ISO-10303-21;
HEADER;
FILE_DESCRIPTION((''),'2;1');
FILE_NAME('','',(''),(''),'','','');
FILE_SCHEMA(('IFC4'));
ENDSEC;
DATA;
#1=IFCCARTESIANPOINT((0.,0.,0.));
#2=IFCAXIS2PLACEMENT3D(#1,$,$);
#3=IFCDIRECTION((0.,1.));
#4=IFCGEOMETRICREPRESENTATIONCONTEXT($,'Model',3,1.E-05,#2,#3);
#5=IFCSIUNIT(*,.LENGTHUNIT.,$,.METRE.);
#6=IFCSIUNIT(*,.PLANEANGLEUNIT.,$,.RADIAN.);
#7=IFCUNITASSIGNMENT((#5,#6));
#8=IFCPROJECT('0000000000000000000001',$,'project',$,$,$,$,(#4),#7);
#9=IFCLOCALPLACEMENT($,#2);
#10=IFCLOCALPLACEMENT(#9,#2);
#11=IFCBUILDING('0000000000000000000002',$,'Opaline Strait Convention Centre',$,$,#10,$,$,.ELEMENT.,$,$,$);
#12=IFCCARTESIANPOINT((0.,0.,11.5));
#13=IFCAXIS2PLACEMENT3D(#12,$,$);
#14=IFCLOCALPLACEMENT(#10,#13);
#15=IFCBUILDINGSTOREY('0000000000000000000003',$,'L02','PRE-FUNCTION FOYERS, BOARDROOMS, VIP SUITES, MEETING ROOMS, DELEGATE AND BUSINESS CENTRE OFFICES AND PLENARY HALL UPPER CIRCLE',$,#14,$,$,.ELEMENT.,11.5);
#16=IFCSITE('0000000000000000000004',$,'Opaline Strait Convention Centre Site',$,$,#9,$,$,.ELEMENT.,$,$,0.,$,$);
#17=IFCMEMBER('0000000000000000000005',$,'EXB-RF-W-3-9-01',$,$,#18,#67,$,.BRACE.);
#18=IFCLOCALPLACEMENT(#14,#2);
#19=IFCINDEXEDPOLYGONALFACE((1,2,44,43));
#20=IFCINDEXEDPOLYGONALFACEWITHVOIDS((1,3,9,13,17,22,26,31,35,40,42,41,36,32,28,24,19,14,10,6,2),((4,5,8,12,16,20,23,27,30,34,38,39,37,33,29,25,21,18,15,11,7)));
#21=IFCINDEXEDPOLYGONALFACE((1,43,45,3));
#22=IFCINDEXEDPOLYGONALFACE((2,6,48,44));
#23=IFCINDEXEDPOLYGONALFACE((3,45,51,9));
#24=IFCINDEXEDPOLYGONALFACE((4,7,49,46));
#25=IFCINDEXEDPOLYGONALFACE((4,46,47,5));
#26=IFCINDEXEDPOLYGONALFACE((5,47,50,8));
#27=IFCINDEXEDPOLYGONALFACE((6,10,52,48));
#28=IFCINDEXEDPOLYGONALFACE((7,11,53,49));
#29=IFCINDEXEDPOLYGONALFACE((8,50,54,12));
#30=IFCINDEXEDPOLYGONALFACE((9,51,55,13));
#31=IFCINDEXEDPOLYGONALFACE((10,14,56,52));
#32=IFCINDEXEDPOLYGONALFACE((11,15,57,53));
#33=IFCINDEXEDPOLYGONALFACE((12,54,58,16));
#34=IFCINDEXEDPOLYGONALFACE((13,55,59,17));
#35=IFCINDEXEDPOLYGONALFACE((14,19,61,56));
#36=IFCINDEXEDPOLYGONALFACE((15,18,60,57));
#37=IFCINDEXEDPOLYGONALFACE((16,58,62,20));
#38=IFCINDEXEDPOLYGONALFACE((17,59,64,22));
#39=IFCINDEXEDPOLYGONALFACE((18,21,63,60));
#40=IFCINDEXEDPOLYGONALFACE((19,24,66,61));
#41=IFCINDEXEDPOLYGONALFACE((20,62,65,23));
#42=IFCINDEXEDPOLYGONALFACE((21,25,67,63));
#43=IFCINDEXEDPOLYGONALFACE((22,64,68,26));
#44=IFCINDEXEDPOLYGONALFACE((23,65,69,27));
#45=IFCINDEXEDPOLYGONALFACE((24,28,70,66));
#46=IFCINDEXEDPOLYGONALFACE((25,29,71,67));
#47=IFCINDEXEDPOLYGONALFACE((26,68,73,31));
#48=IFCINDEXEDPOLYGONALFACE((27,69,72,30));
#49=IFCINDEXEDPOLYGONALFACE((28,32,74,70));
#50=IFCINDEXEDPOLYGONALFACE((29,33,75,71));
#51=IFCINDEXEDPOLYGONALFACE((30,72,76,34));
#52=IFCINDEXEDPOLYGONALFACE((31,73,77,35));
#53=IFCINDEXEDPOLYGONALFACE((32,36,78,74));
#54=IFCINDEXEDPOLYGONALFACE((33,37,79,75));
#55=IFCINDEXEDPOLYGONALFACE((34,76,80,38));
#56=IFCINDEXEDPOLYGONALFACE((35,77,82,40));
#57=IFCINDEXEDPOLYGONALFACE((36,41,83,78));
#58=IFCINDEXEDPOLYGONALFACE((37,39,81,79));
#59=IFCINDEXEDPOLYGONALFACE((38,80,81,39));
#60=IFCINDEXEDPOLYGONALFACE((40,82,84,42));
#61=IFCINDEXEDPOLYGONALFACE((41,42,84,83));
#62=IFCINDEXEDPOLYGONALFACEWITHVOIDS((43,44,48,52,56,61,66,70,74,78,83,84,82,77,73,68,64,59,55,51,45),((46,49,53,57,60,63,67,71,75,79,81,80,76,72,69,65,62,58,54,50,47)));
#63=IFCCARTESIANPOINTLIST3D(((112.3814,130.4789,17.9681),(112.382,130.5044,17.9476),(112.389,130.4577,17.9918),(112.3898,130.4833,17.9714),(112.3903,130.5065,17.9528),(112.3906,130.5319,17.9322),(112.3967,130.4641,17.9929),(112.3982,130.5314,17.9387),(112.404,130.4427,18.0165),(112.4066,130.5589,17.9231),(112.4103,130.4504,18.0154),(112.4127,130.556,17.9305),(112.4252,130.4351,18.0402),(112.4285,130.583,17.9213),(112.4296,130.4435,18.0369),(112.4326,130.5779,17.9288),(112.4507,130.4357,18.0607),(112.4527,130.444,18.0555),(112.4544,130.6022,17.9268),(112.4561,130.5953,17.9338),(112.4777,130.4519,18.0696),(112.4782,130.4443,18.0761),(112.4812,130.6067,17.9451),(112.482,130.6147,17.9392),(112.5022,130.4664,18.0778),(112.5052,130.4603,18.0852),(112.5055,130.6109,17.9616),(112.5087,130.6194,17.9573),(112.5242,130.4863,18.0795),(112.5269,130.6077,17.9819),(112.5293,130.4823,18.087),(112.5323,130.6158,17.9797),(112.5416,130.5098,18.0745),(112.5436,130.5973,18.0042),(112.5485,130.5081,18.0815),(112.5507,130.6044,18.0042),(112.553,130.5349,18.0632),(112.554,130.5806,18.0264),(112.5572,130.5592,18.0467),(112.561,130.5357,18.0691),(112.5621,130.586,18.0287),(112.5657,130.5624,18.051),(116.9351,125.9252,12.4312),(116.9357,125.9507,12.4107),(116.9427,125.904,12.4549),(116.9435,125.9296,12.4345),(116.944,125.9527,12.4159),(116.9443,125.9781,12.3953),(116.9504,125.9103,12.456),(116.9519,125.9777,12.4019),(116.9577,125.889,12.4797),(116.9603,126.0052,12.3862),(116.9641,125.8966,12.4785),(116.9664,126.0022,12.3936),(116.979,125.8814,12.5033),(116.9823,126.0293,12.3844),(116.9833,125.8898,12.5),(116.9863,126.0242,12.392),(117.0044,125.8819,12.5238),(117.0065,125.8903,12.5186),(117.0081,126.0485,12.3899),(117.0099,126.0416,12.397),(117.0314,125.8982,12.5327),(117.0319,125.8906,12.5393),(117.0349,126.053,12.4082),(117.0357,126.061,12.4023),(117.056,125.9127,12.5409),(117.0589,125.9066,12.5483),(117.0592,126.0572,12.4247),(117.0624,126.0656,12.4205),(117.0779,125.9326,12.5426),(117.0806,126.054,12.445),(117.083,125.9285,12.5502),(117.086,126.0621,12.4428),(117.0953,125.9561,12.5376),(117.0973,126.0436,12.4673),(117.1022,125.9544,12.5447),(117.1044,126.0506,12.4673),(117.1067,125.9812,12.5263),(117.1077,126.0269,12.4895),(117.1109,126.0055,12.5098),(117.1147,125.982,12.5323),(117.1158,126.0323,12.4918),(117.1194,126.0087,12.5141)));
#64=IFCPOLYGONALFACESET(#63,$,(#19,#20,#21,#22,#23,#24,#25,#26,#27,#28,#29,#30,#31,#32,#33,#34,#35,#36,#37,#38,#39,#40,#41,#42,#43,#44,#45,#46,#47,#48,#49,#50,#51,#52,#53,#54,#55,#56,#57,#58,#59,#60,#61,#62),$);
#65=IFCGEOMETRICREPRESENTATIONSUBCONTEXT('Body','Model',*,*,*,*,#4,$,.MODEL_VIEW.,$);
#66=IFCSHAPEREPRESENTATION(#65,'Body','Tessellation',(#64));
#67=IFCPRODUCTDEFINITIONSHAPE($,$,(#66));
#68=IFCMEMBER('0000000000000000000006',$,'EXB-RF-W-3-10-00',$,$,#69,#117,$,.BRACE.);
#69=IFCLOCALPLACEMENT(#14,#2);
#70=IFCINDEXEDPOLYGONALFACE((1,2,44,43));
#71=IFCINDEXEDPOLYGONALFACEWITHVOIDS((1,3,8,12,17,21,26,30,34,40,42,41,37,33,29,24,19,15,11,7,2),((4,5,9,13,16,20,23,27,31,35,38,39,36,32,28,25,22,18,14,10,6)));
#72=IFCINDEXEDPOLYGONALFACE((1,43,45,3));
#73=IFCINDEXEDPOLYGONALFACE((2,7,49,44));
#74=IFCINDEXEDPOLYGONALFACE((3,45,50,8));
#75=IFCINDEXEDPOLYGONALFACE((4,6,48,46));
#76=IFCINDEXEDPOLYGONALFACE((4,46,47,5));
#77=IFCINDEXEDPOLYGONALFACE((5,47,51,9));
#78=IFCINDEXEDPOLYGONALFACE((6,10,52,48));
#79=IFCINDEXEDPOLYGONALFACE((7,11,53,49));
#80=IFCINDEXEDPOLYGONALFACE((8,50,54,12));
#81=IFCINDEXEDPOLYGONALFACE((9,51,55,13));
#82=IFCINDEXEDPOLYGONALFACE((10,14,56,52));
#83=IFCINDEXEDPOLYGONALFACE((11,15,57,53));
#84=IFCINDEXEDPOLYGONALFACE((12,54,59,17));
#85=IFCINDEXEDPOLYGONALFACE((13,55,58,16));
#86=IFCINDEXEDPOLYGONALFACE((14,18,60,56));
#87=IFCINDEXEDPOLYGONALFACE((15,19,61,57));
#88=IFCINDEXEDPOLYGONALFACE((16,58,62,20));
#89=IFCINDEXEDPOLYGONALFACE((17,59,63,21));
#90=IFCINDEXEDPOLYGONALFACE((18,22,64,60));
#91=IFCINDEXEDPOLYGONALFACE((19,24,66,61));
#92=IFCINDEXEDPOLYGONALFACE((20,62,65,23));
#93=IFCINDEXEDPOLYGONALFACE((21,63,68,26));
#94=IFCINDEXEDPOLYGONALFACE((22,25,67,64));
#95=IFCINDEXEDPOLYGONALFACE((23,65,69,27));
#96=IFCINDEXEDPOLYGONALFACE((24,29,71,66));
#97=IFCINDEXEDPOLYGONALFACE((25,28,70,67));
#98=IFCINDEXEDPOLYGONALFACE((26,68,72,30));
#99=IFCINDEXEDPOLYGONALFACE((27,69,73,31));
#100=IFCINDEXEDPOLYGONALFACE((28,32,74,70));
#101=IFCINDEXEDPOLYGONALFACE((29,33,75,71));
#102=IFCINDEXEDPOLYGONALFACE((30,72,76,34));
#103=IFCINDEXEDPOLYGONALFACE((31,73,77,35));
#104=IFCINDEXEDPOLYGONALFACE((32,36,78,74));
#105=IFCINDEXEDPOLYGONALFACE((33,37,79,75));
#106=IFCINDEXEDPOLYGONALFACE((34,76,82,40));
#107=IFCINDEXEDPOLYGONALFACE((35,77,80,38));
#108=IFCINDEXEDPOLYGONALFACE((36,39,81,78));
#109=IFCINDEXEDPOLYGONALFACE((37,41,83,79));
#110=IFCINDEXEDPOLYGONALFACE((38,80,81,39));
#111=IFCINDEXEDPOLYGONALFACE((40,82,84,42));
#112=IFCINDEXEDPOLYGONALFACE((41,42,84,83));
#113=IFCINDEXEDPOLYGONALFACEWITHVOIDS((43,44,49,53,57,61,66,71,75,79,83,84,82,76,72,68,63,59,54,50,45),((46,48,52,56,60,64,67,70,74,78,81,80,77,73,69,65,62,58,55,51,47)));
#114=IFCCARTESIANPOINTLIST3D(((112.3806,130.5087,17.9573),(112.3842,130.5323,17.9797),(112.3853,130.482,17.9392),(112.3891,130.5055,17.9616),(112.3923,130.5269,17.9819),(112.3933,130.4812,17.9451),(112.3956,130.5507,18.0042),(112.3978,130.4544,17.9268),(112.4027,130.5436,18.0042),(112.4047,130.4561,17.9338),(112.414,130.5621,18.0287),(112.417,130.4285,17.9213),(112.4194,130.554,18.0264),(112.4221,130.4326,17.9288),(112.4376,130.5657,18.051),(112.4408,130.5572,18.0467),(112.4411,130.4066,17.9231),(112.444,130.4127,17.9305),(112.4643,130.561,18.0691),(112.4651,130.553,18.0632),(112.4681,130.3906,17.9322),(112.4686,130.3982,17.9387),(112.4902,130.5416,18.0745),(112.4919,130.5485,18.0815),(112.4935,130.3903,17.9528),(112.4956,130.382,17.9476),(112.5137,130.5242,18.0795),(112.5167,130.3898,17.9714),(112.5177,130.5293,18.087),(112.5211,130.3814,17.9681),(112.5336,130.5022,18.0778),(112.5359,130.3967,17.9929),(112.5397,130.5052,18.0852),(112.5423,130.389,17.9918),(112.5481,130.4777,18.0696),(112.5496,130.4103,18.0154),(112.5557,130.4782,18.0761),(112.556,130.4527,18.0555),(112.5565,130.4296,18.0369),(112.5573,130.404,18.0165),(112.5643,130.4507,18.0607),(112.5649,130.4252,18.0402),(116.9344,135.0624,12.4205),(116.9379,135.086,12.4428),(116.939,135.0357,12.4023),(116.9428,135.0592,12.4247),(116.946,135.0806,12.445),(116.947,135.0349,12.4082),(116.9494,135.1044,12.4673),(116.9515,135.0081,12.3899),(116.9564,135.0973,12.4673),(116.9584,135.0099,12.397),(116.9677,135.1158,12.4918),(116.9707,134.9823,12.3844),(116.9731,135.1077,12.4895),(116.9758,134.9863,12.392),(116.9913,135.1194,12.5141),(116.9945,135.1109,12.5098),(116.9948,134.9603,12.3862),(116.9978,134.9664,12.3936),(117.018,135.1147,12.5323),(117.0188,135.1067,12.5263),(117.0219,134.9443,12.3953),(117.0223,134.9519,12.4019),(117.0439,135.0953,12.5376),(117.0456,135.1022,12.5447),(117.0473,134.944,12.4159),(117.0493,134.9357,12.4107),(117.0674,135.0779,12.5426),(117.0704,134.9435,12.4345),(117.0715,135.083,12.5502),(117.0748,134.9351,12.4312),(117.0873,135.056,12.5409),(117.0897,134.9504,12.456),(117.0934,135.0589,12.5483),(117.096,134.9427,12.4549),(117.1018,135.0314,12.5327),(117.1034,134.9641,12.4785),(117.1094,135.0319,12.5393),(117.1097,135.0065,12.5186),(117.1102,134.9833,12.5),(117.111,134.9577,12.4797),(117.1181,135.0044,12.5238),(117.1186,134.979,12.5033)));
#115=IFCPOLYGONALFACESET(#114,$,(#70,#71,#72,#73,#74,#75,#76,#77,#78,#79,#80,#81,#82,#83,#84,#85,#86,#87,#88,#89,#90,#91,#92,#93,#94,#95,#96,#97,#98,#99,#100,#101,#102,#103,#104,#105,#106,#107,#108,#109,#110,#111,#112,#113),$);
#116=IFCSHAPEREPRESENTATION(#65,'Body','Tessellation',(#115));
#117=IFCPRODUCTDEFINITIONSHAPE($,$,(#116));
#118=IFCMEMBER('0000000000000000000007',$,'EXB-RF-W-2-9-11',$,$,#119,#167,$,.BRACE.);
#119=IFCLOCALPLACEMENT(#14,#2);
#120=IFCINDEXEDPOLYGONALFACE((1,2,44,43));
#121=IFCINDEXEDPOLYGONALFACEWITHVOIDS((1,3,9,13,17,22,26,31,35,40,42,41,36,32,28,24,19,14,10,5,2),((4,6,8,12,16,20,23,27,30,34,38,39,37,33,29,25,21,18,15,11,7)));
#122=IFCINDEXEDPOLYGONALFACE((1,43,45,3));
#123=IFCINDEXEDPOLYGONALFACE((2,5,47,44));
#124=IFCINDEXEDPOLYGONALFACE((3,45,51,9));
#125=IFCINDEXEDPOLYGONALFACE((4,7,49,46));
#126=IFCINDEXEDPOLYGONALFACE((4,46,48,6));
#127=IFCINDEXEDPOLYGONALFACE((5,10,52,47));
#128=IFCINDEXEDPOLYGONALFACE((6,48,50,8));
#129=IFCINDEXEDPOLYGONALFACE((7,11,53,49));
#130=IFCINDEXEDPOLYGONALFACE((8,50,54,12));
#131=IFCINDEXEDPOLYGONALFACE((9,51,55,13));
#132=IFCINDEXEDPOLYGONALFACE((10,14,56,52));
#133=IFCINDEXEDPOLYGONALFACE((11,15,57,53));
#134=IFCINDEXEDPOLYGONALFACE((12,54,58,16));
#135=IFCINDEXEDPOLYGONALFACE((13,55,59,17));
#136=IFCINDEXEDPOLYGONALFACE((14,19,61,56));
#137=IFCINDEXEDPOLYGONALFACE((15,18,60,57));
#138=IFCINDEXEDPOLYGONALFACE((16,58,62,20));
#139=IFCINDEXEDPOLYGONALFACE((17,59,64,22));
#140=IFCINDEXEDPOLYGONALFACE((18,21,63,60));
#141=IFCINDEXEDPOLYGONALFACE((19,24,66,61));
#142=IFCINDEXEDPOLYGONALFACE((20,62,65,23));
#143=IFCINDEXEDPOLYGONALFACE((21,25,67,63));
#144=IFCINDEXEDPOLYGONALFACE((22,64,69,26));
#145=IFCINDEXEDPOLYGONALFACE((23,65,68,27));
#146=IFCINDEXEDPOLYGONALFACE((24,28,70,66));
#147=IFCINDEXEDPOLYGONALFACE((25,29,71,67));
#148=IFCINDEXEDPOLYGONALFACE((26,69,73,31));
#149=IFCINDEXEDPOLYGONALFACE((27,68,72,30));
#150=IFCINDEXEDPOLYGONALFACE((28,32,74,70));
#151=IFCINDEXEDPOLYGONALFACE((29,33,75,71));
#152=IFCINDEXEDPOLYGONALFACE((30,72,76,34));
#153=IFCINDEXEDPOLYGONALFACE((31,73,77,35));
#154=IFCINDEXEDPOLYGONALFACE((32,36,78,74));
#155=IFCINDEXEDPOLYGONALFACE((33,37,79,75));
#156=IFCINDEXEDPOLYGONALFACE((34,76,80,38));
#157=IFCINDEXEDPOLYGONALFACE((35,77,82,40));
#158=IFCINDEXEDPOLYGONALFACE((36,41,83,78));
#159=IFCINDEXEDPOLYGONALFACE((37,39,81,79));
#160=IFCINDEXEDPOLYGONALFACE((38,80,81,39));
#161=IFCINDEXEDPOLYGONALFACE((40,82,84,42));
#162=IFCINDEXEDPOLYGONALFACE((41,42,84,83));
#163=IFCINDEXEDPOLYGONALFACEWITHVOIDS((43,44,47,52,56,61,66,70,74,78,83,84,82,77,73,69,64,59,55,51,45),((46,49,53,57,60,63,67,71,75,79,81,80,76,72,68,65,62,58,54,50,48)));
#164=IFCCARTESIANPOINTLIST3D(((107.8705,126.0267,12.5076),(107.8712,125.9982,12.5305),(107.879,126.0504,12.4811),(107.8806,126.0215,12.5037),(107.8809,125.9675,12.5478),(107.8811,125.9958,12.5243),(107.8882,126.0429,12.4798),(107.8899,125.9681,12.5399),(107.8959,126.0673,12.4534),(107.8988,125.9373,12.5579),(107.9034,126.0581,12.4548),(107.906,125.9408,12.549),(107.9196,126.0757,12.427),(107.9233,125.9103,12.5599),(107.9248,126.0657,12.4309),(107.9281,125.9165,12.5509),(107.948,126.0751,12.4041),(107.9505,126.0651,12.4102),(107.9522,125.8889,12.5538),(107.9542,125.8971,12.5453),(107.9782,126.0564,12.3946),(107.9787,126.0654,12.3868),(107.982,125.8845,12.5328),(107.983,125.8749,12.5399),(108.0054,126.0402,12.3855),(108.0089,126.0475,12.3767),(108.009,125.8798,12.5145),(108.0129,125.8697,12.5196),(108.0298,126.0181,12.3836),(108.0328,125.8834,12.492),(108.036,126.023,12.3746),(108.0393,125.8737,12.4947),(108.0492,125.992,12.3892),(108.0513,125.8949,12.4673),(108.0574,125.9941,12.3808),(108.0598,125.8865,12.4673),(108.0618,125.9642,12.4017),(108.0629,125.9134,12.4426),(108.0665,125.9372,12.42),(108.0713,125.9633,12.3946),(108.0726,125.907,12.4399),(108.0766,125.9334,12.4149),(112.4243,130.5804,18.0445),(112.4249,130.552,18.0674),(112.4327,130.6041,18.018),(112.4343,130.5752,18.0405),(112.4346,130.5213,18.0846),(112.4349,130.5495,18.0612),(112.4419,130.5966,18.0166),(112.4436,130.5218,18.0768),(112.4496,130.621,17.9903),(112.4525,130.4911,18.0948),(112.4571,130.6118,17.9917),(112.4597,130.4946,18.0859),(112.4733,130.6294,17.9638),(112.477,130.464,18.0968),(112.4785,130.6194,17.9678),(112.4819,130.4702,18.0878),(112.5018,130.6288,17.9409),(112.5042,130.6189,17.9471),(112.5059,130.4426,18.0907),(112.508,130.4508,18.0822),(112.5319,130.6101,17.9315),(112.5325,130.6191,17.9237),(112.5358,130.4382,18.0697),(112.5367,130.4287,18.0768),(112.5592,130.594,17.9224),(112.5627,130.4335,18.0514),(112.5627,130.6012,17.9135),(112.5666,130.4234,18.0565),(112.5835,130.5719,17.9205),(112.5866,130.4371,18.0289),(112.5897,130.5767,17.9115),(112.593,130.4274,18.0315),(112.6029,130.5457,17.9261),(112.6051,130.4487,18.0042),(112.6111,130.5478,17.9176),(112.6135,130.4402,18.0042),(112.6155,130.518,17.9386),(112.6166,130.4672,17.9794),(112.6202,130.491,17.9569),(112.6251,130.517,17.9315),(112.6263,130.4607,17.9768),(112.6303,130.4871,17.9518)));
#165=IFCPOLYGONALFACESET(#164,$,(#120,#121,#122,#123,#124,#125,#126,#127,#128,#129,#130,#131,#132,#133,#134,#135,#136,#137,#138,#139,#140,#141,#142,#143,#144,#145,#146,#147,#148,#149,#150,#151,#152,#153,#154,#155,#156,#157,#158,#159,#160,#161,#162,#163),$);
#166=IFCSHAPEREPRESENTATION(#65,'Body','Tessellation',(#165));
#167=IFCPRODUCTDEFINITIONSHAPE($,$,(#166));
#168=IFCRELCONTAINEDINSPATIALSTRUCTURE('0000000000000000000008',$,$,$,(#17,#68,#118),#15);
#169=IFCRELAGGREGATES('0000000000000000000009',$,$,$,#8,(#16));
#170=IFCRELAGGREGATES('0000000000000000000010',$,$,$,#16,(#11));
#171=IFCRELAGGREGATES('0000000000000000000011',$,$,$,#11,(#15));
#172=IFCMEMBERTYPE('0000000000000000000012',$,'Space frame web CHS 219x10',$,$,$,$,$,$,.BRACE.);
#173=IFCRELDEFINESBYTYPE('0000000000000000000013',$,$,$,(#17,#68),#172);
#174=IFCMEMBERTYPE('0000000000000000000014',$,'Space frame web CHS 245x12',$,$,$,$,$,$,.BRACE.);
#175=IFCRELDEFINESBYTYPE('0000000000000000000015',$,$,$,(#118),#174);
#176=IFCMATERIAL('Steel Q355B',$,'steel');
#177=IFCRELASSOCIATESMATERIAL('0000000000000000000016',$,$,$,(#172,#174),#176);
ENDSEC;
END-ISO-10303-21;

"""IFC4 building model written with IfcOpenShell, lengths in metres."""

from ifc_helpers import new_model, si_unit, direction, frame, origin, origin_2d, place, context, subcontext, project, spatial, hollow_circle, extrude, material, material_profile, profile_set, type_object, element, save


model = new_model("IFC4")

# Units and contexts
model_context = context("Model", 3, precision=1e-05, world=origin(), true_north=direction((0.0, 1.0)))
body_context = subcontext(model_context, "Body", "Model", "MODEL_VIEW")
ifc_project = project(units=[si_unit("LENGTHUNIT", "METRE"), si_unit("PLANEANGLEUNIT", "RADIAN")], contexts=[model_context])

# Site, building, storey
site_placement = place(None, origin())
site = spatial("IfcSite", under=ifc_project, at=site_placement, Name="Opaline Strait Convention Centre Site", CompositionType="ELEMENT", RefElevation=0.0)
building_placement = place(site_placement, origin())
building = spatial("IfcBuilding", under=site, at=building_placement, Name="Opaline Strait Convention Centre", CompositionType="ELEMENT")
storey_placement = place(building_placement, frame((0.0, 0.0, 11.5)))
storey = spatial("IfcBuildingStorey", under=building, at=storey_placement, Name="L02", Description="PRE-FUNCTION FOYERS, BOARDROOMS, VIP SUITES, MEETING ROOMS, DELEGATE AND BUSINESS CENTRE OFFICES AND PLENARY HALL UPPER CIRCLE", CompositionType="ELEMENT", Elevation=11.5)

# Members
ifc_material = material(Name="Steel Q355B", Category="steel")
ifc_material_profile_1 = material_profile(ifc_material, hollow_circle(Radius=0.1096, WallThickness=0.01, at=origin_2d()), Name="CHS 219x10")
ifc_profile_set_1 = profile_set([ifc_material_profile_1], Name="Steel Q355B")
member_type_1 = type_object("IfcMemberType", Name="Space frame web CHS 219x10", PredefinedType="BRACE", material=ifc_profile_set_1)
for number, where, z_axis, x_axis, name in (
    (1, (112.4731, 130.5269, 18.0042), (0.536178, -0.536178, -0.65194), (0.707107, 0.707107, 0.0), "EXB-RF-W-3-9-01"),
    (2, (112.4731, 130.4731, 18.0042), (0.536178, 0.536178, -0.65194), (-0.707107, 0.707107, 0.0), "EXB-RF-W-3-10-00"),
):
    element("IfcMember", number, at=place(storey_placement, frame(where, z_axis=z_axis, x_axis=x_axis)), inside=storey, type_object=member_type_1, Name=name, PredefinedType="BRACE", context=body_context, shape_type="SweptSolid", body=[
        extrude(hollow_circle(Radius=0.1096, WallThickness=0.01, at=origin_2d()), origin(), (0.0, 0.0, 1.0), 8.4929),
    ])
ifc_material_profile_2 = material_profile(ifc_material, hollow_circle(Radius=0.1226, WallThickness=0.012, at=origin_2d()), Name="CHS 245x12")
ifc_profile_set_2 = profile_set([ifc_material_profile_2], Name="Steel Q355B")
member_type_2 = type_object("IfcMemberType", Name="Space frame web CHS 245x12", PredefinedType="BRACE", material=ifc_profile_set_2)
for number, where, z_axis, x_axis, name in (
    (3, (112.5269, 130.5269, 18.0042), (-0.536178, -0.536178, -0.65194), (0.707107, -0.707107, 0.0), "EXB-RF-W-2-9-11"),
):
    element("IfcMember", number, at=place(storey_placement, frame(where, z_axis=z_axis, x_axis=x_axis)), inside=storey, type_object=member_type_2, Name=name, PredefinedType="BRACE", context=body_context, shape_type="SweptSolid", body=[
        extrude(hollow_circle(Radius=0.1226, WallThickness=0.012, at=origin_2d()), origin(), (0.0, 0.0, 1.0), 8.4929),
    ])

save(model, "model.ifc")
